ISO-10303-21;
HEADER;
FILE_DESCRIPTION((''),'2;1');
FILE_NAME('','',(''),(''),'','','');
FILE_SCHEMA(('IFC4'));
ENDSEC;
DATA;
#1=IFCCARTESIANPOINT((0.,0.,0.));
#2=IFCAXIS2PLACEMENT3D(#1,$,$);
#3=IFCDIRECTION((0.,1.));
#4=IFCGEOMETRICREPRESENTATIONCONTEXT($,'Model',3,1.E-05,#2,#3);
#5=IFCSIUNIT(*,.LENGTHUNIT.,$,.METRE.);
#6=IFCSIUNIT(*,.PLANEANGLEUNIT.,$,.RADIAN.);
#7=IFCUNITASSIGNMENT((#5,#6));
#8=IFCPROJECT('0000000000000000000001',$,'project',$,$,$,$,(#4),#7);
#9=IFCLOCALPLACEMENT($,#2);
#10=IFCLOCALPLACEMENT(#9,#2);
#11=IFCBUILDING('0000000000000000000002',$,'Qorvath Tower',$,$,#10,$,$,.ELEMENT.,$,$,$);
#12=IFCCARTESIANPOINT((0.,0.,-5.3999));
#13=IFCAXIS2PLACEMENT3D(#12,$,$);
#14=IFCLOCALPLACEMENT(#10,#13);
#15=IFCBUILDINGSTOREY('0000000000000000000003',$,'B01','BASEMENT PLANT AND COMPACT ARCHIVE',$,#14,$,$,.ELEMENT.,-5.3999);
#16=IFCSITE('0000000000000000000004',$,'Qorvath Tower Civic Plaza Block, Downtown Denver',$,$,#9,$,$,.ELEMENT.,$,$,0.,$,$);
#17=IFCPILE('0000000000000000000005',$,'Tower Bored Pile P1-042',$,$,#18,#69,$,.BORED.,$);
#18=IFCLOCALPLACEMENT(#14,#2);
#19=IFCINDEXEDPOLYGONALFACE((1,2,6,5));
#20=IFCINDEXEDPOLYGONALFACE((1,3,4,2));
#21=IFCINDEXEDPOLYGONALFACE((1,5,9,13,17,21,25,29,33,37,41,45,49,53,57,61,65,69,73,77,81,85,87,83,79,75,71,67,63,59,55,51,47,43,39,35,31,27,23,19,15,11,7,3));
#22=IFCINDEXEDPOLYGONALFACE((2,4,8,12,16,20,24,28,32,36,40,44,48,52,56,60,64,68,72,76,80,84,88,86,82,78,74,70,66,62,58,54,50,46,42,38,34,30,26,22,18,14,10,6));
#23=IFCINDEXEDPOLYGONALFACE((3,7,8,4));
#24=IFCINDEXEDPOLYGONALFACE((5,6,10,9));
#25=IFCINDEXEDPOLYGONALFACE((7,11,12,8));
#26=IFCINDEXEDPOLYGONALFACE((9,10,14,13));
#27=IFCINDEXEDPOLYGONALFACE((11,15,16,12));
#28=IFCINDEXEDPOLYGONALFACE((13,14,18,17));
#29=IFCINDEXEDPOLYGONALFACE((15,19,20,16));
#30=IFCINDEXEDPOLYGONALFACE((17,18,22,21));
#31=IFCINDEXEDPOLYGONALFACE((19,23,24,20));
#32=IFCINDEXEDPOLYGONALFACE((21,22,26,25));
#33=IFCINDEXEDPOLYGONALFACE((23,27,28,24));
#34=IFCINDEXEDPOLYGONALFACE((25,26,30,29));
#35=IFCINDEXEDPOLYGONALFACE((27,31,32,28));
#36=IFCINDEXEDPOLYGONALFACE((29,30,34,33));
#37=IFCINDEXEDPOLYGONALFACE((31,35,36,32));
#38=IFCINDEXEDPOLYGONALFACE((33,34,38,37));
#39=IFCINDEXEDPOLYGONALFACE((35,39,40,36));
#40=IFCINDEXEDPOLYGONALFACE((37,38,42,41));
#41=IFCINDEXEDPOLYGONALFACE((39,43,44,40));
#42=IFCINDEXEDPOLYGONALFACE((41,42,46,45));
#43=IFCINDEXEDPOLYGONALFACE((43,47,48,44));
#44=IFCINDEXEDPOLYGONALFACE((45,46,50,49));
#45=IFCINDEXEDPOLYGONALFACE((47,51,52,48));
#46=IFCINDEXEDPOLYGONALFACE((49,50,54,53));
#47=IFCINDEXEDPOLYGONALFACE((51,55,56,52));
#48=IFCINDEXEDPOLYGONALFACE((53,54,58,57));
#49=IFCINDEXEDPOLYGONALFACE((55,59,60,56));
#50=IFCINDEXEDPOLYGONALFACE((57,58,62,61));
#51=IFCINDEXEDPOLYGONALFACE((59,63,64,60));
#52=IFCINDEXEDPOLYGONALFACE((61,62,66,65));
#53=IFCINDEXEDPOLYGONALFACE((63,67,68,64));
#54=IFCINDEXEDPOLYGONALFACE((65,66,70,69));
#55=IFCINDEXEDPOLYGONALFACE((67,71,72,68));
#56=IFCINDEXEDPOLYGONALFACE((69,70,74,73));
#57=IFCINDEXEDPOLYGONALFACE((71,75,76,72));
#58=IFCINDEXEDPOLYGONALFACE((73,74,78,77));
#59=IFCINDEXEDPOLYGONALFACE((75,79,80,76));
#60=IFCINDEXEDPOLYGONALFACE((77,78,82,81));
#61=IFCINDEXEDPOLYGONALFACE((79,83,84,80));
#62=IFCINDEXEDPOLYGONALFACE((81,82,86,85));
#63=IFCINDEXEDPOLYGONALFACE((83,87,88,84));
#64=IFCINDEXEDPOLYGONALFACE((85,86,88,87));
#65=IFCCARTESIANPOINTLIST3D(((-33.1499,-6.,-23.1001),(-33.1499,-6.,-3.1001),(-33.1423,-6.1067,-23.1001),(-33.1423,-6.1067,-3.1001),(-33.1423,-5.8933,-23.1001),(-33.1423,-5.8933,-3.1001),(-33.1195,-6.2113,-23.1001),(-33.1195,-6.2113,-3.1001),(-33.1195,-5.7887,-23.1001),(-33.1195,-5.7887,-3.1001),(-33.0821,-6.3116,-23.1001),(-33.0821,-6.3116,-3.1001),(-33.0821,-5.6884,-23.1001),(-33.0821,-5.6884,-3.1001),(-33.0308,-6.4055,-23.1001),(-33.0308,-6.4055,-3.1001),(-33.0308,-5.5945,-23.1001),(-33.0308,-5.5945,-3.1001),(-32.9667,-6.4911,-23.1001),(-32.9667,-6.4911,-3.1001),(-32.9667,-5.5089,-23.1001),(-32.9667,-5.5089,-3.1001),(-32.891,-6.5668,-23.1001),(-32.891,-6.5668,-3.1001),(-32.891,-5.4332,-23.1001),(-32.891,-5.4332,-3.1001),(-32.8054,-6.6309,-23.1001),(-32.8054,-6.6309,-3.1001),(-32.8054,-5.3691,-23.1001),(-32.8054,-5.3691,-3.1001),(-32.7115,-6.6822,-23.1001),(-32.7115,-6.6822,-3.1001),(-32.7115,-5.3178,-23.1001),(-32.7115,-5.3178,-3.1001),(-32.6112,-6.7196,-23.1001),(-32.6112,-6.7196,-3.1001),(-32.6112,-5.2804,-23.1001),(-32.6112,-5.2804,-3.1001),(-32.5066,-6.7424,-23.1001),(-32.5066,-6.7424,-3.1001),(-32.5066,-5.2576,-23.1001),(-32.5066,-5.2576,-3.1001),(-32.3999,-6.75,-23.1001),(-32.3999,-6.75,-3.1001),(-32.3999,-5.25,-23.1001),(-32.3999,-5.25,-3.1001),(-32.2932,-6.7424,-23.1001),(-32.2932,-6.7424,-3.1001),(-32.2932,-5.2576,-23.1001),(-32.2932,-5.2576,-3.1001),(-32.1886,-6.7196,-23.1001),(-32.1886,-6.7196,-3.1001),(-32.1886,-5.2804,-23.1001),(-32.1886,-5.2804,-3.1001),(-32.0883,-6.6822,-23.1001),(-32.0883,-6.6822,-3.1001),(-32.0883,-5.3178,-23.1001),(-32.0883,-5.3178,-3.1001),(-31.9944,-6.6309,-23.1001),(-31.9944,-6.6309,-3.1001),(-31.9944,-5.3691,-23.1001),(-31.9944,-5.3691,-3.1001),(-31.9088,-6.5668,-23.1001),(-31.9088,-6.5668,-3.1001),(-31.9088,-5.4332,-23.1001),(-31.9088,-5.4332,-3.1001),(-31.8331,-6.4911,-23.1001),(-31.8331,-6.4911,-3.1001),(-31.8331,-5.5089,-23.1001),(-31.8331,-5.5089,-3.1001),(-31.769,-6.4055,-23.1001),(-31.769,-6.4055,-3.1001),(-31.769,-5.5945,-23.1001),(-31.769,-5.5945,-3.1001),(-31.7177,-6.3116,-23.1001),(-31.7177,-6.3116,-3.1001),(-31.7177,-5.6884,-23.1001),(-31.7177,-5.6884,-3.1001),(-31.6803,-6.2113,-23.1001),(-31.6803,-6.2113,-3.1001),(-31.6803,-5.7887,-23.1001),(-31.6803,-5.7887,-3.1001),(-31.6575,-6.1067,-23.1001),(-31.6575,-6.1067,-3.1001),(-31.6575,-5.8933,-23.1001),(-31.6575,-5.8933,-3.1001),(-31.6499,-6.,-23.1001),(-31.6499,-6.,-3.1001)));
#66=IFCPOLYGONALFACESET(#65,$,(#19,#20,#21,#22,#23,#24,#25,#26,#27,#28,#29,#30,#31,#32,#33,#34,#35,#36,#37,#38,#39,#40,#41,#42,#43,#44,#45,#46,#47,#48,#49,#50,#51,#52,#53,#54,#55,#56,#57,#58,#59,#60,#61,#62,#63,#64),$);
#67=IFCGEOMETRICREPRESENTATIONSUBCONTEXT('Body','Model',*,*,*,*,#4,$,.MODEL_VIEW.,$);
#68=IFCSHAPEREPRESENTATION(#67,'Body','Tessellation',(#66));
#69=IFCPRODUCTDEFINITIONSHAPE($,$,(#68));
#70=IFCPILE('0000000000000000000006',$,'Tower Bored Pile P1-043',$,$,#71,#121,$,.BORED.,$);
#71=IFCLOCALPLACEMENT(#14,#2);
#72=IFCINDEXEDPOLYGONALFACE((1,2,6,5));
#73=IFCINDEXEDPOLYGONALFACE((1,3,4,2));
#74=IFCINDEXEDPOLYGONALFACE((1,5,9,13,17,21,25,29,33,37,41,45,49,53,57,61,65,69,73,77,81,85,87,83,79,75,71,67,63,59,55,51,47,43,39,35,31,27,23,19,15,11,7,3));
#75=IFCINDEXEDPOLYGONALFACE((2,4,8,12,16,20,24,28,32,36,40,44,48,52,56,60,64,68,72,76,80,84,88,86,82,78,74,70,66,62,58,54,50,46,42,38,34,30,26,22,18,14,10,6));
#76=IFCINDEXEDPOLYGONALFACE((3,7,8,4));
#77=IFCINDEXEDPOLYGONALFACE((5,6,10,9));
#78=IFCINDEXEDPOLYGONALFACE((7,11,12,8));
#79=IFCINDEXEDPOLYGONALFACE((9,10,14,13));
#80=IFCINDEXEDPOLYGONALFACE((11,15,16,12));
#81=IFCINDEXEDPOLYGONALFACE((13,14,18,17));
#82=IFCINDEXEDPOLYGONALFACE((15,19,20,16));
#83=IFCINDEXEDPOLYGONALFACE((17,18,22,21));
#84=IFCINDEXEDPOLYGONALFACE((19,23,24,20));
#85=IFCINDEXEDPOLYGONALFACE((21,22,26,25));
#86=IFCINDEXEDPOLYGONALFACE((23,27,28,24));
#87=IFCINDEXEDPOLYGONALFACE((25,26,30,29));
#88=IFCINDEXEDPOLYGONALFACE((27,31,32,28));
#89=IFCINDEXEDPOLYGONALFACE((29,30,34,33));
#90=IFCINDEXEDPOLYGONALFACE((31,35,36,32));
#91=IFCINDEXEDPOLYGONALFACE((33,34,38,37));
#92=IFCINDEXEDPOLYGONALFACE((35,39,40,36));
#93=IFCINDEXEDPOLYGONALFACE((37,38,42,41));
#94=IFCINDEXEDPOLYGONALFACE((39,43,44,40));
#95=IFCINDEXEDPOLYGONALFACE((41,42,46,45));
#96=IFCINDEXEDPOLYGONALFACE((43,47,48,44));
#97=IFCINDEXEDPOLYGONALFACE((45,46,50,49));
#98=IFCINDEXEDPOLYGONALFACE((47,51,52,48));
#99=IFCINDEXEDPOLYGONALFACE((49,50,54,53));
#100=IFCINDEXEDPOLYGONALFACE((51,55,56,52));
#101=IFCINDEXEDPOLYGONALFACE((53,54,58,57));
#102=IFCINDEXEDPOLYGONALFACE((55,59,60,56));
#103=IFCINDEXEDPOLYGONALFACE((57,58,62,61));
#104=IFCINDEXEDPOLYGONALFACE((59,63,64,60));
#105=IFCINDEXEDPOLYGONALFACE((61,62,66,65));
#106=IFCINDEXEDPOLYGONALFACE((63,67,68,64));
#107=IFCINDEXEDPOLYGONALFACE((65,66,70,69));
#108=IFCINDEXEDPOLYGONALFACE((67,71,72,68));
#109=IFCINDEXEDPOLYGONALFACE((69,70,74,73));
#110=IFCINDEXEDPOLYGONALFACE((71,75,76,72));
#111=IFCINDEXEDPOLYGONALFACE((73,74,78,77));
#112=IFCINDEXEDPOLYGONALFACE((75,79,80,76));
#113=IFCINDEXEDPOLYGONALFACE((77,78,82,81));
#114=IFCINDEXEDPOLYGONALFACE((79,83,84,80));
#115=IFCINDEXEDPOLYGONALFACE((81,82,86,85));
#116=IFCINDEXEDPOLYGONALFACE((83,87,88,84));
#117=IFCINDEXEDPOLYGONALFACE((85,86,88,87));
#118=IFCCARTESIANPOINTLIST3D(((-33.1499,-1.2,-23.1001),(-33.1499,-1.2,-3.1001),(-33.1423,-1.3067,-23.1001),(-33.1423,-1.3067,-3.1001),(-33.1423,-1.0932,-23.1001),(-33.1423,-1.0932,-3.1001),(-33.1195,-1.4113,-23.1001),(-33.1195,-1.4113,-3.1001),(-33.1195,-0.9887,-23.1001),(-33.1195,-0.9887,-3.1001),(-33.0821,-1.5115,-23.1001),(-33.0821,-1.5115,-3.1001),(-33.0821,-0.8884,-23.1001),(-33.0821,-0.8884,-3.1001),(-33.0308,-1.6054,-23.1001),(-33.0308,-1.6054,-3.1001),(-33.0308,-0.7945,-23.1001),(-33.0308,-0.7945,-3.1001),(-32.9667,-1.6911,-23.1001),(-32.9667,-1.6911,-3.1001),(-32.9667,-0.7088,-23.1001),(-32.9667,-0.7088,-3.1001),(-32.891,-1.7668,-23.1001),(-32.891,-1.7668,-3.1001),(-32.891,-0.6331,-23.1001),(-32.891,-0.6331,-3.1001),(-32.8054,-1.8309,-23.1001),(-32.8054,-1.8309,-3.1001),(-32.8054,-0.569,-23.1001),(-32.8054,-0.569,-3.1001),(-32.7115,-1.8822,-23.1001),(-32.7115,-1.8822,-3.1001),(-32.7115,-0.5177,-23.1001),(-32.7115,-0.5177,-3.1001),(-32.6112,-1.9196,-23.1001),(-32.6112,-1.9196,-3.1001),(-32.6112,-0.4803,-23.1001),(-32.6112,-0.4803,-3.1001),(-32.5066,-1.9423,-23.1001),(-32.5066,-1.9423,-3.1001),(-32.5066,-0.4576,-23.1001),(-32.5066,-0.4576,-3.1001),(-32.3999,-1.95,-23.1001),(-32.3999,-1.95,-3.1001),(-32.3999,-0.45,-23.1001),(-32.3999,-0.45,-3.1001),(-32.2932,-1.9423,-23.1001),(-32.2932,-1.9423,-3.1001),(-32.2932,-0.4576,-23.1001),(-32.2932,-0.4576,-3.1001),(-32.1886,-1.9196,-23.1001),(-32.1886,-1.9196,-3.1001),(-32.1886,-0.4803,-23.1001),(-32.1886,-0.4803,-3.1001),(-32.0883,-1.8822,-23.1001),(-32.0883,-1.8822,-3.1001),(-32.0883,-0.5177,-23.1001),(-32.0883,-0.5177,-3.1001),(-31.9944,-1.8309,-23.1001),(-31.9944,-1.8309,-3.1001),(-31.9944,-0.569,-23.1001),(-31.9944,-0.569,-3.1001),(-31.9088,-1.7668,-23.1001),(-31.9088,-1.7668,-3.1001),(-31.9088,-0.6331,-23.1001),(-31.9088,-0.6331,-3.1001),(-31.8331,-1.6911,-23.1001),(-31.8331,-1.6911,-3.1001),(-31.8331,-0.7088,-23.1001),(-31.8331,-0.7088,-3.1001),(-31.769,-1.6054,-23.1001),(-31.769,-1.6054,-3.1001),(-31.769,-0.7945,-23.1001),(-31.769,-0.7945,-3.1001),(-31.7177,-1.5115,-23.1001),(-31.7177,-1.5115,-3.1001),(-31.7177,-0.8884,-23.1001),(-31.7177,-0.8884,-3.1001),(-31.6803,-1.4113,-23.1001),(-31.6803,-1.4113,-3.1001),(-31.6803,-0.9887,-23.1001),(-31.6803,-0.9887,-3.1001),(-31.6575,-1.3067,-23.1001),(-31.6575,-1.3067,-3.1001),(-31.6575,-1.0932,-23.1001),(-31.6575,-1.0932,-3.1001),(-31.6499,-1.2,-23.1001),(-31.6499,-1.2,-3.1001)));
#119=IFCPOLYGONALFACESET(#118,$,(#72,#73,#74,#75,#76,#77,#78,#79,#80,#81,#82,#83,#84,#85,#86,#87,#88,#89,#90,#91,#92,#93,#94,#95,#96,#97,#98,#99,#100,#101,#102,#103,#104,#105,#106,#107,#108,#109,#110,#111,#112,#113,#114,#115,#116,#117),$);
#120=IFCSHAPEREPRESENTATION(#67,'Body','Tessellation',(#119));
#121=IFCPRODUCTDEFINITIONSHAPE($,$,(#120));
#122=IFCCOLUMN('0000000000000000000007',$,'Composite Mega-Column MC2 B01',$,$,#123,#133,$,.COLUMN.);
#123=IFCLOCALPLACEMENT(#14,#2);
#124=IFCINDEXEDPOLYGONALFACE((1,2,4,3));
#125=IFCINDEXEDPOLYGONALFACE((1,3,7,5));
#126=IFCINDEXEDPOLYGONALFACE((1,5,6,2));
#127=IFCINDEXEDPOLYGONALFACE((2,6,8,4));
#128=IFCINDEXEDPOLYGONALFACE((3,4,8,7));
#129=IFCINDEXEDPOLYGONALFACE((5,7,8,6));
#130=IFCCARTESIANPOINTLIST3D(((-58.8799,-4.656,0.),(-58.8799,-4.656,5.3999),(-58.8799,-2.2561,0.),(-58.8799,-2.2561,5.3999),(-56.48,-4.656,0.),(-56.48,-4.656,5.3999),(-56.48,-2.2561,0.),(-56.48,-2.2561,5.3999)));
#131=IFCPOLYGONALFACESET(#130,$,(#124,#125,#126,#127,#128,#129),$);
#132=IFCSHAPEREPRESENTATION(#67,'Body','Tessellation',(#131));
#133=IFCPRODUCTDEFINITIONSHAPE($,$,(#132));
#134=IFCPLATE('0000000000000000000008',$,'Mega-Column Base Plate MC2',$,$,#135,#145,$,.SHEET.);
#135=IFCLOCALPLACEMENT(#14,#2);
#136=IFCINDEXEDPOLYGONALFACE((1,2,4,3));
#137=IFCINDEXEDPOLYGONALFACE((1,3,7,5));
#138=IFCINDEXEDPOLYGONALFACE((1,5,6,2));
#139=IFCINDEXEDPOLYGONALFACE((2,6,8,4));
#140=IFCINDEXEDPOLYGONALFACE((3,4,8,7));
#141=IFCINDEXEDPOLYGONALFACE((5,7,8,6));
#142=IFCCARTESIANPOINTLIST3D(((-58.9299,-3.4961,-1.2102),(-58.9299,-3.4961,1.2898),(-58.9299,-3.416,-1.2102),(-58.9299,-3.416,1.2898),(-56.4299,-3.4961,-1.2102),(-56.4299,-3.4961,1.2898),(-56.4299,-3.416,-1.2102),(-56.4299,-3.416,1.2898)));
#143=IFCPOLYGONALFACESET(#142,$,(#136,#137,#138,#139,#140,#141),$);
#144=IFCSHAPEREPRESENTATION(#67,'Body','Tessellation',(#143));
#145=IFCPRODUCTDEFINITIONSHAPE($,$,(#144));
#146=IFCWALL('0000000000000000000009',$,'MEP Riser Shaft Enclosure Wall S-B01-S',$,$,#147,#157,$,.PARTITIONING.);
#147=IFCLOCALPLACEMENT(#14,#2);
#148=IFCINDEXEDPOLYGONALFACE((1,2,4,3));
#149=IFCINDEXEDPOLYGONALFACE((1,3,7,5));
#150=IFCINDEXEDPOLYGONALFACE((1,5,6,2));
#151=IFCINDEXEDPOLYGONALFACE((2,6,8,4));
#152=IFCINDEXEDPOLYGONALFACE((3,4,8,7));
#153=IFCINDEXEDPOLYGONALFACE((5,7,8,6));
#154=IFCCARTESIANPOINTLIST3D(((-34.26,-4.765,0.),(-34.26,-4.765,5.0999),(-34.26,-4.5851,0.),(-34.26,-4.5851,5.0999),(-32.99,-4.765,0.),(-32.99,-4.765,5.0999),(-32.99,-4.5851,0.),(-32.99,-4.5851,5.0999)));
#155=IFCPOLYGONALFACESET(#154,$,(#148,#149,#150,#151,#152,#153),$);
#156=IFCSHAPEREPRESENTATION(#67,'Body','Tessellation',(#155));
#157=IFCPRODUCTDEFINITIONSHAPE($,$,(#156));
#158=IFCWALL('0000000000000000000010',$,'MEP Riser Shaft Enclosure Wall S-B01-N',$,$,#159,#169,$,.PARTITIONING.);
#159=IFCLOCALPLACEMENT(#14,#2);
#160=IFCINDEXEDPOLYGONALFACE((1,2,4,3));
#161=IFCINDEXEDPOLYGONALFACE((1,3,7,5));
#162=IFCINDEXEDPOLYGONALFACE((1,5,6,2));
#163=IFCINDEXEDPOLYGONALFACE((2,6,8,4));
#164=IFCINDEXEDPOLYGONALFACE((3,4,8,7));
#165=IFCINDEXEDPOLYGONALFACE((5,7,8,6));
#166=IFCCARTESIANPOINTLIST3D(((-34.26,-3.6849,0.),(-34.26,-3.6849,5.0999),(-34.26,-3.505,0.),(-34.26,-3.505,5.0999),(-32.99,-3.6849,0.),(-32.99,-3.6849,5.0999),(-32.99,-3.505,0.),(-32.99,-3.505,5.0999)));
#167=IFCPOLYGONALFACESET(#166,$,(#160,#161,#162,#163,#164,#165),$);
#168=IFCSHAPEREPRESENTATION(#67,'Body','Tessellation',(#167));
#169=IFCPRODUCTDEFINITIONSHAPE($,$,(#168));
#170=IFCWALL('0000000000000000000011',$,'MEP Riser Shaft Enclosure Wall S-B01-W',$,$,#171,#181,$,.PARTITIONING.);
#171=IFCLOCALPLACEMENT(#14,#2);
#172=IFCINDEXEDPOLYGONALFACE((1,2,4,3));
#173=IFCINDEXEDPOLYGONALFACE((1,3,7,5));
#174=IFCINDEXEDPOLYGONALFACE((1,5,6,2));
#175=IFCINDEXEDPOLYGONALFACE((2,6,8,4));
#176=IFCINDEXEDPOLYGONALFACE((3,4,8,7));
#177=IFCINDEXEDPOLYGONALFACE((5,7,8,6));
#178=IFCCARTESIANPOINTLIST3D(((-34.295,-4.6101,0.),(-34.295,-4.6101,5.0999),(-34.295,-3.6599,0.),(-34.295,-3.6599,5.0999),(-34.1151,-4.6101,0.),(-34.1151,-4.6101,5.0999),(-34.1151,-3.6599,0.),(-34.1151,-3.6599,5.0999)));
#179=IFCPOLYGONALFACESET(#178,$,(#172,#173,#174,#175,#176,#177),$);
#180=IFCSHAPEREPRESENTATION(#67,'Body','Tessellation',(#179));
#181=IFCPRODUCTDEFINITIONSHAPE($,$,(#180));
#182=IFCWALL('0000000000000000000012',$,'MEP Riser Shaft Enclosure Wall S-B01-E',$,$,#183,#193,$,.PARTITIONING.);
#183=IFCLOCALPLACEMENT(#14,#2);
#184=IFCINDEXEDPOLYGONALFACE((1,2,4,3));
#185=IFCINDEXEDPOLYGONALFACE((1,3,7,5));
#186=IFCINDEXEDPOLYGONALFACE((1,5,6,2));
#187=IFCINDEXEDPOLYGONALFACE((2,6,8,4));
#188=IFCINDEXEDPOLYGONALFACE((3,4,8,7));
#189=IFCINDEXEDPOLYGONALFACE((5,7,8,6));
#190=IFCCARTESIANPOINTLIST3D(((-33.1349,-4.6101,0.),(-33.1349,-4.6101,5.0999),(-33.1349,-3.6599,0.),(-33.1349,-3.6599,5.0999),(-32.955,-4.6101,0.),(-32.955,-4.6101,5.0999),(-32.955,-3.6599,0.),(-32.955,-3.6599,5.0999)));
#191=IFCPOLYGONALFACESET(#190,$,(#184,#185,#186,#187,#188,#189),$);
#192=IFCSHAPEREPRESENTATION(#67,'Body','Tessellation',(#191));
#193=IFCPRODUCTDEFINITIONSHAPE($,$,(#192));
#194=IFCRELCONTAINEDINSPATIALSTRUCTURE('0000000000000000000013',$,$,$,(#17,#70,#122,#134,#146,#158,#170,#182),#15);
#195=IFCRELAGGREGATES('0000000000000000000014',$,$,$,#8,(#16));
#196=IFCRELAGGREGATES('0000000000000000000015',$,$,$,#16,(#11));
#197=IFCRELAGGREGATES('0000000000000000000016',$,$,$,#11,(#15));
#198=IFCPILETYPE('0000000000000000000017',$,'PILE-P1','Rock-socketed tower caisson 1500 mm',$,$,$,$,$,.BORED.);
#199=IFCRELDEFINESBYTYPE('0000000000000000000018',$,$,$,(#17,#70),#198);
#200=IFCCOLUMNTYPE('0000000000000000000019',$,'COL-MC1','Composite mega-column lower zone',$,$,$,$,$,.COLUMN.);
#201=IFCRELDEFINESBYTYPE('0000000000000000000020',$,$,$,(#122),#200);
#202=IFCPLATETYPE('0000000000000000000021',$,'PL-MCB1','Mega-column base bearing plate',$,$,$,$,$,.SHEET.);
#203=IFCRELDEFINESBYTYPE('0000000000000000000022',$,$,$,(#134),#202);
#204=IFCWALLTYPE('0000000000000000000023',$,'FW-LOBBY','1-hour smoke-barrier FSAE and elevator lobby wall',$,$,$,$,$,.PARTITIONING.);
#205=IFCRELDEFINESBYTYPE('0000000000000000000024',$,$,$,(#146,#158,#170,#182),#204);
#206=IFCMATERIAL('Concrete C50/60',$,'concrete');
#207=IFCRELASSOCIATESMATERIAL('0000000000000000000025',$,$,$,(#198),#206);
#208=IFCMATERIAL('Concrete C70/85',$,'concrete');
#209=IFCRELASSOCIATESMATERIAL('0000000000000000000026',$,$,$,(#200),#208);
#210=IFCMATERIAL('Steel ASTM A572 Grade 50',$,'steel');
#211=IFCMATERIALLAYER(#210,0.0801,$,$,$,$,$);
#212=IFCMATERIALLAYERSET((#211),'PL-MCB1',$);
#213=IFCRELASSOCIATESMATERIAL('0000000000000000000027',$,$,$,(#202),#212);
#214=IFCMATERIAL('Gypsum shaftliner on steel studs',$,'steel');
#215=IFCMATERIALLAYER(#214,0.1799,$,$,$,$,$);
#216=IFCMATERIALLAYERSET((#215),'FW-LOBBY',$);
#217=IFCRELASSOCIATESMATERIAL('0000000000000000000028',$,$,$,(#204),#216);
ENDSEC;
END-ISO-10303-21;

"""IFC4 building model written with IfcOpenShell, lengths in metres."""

from ifc_helpers import new_model, si_unit, direction, frame, frame_2d, origin, origin_2d, place, context, subcontext, project, spatial, rectangle, circle, extrude, material, layer, layer_set, material_profile, profile_set, type_object, element, save


model = new_model("IFC4")

# Units and contexts
model_context = context("Model", 3, precision=1e-05, world=origin(), true_north=direction((0.0, 1.0)))
body_context = subcontext(model_context, "Body", "Model", "MODEL_VIEW")
ifc_project = project(units=[si_unit("LENGTHUNIT", "METRE"), si_unit("PLANEANGLEUNIT", "RADIAN")], contexts=[model_context])

# Site, building, storey
site_placement = place(None, origin())
site = spatial("IfcSite", under=ifc_project, at=site_placement, Name="Qorvath Tower Civic Plaza Block, Downtown Denver", CompositionType="ELEMENT", RefElevation=0.0)
building_placement = place(site_placement, origin())
building = spatial("IfcBuilding", under=site, at=building_placement, Name="Qorvath Tower", CompositionType="ELEMENT")
storey_placement = place(building_placement, frame((0.0, 0.0, -5.3999)))
storey = spatial("IfcBuildingStorey", under=building, at=storey_placement, Name="B01", Description="BASEMENT PLANT AND COMPACT ARCHIVE", CompositionType="ELEMENT", Elevation=-5.3999)

# Piles
ifc_material_1 = material(Name="Concrete C50/60", Category="concrete")
ifc_material_profile_1 = material_profile(ifc_material_1, circle(Radius=0.75, at=origin_2d()), Name="BORED PILE 1500")
ifc_profile_set_1 = profile_set([ifc_material_profile_1], Name="Concrete C50/60")
pile_type = type_object("IfcPileType", Name="PILE-P1", Description="Rock-socketed tower caisson 1500 mm", PredefinedType="BORED", material=ifc_profile_set_1)
for number, where, z_axis, x_axis, name in (
    (1, (-32.3999, -6.0, -3.1001), (0.0, 0.0, -1.0), (1.0, 0.0, 0.0), "Tower Bored Pile P1-042"),
    (2, (-32.3999, -1.2, -3.1001), (0.0, 0.0, -1.0), (1.0, 0.0, 0.0), "Tower Bored Pile P1-043"),
):
    element("IfcPile", number, at=place(storey_placement, frame(where, z_axis=z_axis, x_axis=x_axis)), inside=storey, type_object=pile_type, Name=name, PredefinedType="BORED", context=body_context, shape_type="SweptSolid", body=[
        extrude(circle(Radius=0.75, at=origin_2d()), origin(), (0.0, 0.0, 1.0), 20.0),
    ])

# Column
ifc_material_2 = material(Name="Concrete C70/85", Category="concrete")
ifc_material_profile_2 = material_profile(ifc_material_2, rectangle(XDim=2.3999, YDim=2.3999, at=origin_2d()), Name="MC 2400x2400")
ifc_profile_set_2 = profile_set([ifc_material_profile_2], Name="Concrete C70/85")
column_type = type_object("IfcColumnType", Name="COL-MC1", Description="Composite mega-column lower zone", PredefinedType="COLUMN", material=ifc_profile_set_2)
column_placement = place(storey_placement, frame((-57.6799, -3.4561, 0.0), z_axis=(0.0, 0.0, 1.0), x_axis=(1.0, 0.0, 0.0)))
element("IfcColumn", 3, at=column_placement, inside=storey, type_object=column_type, Name="Composite Mega-Column MC2 B01", PredefinedType="COLUMN", context=body_context, shape_type="SweptSolid", body=[
    extrude(rectangle(XDim=2.3999, YDim=2.3999, at=origin_2d()), origin(), (0.0, 0.0, 1.0), 5.3999),
])

# Plate
ifc_material_3 = material(Name="Steel ASTM A572 Grade 50", Category="steel")
ifc_layer_1 = layer(ifc_material_3, 0.0801)
ifc_layer_set_1 = layer_set([ifc_layer_1], Name="PL-MCB1")
plate_type = type_object("IfcPlateType", Name="PL-MCB1", Description="Mega-column base bearing plate", PredefinedType="SHEET", material=ifc_layer_set_1)
plate_placement = place(storey_placement, frame((-57.6799, -3.4561, -1.2102), z_axis=(0.0, 0.0, 1.0), x_axis=(1.0, 0.0, 0.0)))
element("IfcPlate", 4, at=plate_placement, inside=storey, type_object=plate_type, Name="Mega-Column Base Plate MC2", PredefinedType="SHEET", context=body_context, shape_type="SweptSolid", body=[
    extrude(rectangle(XDim=2.5, YDim=0.0801, at=origin_2d()), origin(), (0.0, 0.0, 1.0), 2.5),
])

# Walls
ifc_material_4 = material(Name="Gypsum shaftliner on steel studs", Category="steel")
ifc_layer_2 = layer(ifc_material_4, 0.1799)
ifc_layer_set_2 = layer_set([ifc_layer_2], Name="FW-LOBBY")
wall_type_1 = type_object("IfcWallType", Name="FW-LOBBY", Description="1-hour smoke-barrier FSAE and elevator lobby wall", PredefinedType="PARTITIONING", material=ifc_layer_set_2)
for number, where, z_axis, x_axis, name in (
    (5, (-32.99, -4.675, 0.0), (0.0, 0.0, 1.0), (-1.0, 0.0, 0.0), "MEP Riser Shaft Enclosure Wall S-B01-S"),
    (6, (-34.26, -3.595, 0.0), (0.0, 0.0, 1.0), (1.0, 0.0, 0.0), "MEP Riser Shaft Enclosure Wall S-B01-N"),
):
    element("IfcWall", number, at=place(storey_placement, frame(where, z_axis=z_axis, x_axis=x_axis)), inside=storey, type_object=wall_type_1, Name=name, PredefinedType="PARTITIONING", context=body_context, shape_type="SweptSolid", body=[
        extrude(rectangle(XDim=1.27, YDim=0.1799, at=frame_2d((0.635, 0.0))), origin(), (0.0, 0.0, 1.0), 5.0999),
    ])
for number, where, z_axis, x_axis, name in (
    (7, (-34.2051, -4.6101, 0.0), (0.0, 0.0, 1.0), (0.0, 1.0, 0.0), "MEP Riser Shaft Enclosure Wall S-B01-W"),
    (8, (-33.0449, -3.6599, 0.0), (0.0, 0.0, 1.0), (0.0, -1.0, 0.0), "MEP Riser Shaft Enclosure Wall S-B01-E"),
):
    element("IfcWall", number, at=place(storey_placement, frame(where, z_axis=z_axis, x_axis=x_axis)), inside=storey, type_object=wall_type_1, Name=name, PredefinedType="PARTITIONING", context=body_context, shape_type="SweptSolid", body=[
        extrude(rectangle(XDim=0.9502, YDim=0.1799, at=frame_2d((0.4751, 0.0))), origin(), (0.0, 0.0, 1.0), 5.0999),
    ])

save(model, "model.ifc")
